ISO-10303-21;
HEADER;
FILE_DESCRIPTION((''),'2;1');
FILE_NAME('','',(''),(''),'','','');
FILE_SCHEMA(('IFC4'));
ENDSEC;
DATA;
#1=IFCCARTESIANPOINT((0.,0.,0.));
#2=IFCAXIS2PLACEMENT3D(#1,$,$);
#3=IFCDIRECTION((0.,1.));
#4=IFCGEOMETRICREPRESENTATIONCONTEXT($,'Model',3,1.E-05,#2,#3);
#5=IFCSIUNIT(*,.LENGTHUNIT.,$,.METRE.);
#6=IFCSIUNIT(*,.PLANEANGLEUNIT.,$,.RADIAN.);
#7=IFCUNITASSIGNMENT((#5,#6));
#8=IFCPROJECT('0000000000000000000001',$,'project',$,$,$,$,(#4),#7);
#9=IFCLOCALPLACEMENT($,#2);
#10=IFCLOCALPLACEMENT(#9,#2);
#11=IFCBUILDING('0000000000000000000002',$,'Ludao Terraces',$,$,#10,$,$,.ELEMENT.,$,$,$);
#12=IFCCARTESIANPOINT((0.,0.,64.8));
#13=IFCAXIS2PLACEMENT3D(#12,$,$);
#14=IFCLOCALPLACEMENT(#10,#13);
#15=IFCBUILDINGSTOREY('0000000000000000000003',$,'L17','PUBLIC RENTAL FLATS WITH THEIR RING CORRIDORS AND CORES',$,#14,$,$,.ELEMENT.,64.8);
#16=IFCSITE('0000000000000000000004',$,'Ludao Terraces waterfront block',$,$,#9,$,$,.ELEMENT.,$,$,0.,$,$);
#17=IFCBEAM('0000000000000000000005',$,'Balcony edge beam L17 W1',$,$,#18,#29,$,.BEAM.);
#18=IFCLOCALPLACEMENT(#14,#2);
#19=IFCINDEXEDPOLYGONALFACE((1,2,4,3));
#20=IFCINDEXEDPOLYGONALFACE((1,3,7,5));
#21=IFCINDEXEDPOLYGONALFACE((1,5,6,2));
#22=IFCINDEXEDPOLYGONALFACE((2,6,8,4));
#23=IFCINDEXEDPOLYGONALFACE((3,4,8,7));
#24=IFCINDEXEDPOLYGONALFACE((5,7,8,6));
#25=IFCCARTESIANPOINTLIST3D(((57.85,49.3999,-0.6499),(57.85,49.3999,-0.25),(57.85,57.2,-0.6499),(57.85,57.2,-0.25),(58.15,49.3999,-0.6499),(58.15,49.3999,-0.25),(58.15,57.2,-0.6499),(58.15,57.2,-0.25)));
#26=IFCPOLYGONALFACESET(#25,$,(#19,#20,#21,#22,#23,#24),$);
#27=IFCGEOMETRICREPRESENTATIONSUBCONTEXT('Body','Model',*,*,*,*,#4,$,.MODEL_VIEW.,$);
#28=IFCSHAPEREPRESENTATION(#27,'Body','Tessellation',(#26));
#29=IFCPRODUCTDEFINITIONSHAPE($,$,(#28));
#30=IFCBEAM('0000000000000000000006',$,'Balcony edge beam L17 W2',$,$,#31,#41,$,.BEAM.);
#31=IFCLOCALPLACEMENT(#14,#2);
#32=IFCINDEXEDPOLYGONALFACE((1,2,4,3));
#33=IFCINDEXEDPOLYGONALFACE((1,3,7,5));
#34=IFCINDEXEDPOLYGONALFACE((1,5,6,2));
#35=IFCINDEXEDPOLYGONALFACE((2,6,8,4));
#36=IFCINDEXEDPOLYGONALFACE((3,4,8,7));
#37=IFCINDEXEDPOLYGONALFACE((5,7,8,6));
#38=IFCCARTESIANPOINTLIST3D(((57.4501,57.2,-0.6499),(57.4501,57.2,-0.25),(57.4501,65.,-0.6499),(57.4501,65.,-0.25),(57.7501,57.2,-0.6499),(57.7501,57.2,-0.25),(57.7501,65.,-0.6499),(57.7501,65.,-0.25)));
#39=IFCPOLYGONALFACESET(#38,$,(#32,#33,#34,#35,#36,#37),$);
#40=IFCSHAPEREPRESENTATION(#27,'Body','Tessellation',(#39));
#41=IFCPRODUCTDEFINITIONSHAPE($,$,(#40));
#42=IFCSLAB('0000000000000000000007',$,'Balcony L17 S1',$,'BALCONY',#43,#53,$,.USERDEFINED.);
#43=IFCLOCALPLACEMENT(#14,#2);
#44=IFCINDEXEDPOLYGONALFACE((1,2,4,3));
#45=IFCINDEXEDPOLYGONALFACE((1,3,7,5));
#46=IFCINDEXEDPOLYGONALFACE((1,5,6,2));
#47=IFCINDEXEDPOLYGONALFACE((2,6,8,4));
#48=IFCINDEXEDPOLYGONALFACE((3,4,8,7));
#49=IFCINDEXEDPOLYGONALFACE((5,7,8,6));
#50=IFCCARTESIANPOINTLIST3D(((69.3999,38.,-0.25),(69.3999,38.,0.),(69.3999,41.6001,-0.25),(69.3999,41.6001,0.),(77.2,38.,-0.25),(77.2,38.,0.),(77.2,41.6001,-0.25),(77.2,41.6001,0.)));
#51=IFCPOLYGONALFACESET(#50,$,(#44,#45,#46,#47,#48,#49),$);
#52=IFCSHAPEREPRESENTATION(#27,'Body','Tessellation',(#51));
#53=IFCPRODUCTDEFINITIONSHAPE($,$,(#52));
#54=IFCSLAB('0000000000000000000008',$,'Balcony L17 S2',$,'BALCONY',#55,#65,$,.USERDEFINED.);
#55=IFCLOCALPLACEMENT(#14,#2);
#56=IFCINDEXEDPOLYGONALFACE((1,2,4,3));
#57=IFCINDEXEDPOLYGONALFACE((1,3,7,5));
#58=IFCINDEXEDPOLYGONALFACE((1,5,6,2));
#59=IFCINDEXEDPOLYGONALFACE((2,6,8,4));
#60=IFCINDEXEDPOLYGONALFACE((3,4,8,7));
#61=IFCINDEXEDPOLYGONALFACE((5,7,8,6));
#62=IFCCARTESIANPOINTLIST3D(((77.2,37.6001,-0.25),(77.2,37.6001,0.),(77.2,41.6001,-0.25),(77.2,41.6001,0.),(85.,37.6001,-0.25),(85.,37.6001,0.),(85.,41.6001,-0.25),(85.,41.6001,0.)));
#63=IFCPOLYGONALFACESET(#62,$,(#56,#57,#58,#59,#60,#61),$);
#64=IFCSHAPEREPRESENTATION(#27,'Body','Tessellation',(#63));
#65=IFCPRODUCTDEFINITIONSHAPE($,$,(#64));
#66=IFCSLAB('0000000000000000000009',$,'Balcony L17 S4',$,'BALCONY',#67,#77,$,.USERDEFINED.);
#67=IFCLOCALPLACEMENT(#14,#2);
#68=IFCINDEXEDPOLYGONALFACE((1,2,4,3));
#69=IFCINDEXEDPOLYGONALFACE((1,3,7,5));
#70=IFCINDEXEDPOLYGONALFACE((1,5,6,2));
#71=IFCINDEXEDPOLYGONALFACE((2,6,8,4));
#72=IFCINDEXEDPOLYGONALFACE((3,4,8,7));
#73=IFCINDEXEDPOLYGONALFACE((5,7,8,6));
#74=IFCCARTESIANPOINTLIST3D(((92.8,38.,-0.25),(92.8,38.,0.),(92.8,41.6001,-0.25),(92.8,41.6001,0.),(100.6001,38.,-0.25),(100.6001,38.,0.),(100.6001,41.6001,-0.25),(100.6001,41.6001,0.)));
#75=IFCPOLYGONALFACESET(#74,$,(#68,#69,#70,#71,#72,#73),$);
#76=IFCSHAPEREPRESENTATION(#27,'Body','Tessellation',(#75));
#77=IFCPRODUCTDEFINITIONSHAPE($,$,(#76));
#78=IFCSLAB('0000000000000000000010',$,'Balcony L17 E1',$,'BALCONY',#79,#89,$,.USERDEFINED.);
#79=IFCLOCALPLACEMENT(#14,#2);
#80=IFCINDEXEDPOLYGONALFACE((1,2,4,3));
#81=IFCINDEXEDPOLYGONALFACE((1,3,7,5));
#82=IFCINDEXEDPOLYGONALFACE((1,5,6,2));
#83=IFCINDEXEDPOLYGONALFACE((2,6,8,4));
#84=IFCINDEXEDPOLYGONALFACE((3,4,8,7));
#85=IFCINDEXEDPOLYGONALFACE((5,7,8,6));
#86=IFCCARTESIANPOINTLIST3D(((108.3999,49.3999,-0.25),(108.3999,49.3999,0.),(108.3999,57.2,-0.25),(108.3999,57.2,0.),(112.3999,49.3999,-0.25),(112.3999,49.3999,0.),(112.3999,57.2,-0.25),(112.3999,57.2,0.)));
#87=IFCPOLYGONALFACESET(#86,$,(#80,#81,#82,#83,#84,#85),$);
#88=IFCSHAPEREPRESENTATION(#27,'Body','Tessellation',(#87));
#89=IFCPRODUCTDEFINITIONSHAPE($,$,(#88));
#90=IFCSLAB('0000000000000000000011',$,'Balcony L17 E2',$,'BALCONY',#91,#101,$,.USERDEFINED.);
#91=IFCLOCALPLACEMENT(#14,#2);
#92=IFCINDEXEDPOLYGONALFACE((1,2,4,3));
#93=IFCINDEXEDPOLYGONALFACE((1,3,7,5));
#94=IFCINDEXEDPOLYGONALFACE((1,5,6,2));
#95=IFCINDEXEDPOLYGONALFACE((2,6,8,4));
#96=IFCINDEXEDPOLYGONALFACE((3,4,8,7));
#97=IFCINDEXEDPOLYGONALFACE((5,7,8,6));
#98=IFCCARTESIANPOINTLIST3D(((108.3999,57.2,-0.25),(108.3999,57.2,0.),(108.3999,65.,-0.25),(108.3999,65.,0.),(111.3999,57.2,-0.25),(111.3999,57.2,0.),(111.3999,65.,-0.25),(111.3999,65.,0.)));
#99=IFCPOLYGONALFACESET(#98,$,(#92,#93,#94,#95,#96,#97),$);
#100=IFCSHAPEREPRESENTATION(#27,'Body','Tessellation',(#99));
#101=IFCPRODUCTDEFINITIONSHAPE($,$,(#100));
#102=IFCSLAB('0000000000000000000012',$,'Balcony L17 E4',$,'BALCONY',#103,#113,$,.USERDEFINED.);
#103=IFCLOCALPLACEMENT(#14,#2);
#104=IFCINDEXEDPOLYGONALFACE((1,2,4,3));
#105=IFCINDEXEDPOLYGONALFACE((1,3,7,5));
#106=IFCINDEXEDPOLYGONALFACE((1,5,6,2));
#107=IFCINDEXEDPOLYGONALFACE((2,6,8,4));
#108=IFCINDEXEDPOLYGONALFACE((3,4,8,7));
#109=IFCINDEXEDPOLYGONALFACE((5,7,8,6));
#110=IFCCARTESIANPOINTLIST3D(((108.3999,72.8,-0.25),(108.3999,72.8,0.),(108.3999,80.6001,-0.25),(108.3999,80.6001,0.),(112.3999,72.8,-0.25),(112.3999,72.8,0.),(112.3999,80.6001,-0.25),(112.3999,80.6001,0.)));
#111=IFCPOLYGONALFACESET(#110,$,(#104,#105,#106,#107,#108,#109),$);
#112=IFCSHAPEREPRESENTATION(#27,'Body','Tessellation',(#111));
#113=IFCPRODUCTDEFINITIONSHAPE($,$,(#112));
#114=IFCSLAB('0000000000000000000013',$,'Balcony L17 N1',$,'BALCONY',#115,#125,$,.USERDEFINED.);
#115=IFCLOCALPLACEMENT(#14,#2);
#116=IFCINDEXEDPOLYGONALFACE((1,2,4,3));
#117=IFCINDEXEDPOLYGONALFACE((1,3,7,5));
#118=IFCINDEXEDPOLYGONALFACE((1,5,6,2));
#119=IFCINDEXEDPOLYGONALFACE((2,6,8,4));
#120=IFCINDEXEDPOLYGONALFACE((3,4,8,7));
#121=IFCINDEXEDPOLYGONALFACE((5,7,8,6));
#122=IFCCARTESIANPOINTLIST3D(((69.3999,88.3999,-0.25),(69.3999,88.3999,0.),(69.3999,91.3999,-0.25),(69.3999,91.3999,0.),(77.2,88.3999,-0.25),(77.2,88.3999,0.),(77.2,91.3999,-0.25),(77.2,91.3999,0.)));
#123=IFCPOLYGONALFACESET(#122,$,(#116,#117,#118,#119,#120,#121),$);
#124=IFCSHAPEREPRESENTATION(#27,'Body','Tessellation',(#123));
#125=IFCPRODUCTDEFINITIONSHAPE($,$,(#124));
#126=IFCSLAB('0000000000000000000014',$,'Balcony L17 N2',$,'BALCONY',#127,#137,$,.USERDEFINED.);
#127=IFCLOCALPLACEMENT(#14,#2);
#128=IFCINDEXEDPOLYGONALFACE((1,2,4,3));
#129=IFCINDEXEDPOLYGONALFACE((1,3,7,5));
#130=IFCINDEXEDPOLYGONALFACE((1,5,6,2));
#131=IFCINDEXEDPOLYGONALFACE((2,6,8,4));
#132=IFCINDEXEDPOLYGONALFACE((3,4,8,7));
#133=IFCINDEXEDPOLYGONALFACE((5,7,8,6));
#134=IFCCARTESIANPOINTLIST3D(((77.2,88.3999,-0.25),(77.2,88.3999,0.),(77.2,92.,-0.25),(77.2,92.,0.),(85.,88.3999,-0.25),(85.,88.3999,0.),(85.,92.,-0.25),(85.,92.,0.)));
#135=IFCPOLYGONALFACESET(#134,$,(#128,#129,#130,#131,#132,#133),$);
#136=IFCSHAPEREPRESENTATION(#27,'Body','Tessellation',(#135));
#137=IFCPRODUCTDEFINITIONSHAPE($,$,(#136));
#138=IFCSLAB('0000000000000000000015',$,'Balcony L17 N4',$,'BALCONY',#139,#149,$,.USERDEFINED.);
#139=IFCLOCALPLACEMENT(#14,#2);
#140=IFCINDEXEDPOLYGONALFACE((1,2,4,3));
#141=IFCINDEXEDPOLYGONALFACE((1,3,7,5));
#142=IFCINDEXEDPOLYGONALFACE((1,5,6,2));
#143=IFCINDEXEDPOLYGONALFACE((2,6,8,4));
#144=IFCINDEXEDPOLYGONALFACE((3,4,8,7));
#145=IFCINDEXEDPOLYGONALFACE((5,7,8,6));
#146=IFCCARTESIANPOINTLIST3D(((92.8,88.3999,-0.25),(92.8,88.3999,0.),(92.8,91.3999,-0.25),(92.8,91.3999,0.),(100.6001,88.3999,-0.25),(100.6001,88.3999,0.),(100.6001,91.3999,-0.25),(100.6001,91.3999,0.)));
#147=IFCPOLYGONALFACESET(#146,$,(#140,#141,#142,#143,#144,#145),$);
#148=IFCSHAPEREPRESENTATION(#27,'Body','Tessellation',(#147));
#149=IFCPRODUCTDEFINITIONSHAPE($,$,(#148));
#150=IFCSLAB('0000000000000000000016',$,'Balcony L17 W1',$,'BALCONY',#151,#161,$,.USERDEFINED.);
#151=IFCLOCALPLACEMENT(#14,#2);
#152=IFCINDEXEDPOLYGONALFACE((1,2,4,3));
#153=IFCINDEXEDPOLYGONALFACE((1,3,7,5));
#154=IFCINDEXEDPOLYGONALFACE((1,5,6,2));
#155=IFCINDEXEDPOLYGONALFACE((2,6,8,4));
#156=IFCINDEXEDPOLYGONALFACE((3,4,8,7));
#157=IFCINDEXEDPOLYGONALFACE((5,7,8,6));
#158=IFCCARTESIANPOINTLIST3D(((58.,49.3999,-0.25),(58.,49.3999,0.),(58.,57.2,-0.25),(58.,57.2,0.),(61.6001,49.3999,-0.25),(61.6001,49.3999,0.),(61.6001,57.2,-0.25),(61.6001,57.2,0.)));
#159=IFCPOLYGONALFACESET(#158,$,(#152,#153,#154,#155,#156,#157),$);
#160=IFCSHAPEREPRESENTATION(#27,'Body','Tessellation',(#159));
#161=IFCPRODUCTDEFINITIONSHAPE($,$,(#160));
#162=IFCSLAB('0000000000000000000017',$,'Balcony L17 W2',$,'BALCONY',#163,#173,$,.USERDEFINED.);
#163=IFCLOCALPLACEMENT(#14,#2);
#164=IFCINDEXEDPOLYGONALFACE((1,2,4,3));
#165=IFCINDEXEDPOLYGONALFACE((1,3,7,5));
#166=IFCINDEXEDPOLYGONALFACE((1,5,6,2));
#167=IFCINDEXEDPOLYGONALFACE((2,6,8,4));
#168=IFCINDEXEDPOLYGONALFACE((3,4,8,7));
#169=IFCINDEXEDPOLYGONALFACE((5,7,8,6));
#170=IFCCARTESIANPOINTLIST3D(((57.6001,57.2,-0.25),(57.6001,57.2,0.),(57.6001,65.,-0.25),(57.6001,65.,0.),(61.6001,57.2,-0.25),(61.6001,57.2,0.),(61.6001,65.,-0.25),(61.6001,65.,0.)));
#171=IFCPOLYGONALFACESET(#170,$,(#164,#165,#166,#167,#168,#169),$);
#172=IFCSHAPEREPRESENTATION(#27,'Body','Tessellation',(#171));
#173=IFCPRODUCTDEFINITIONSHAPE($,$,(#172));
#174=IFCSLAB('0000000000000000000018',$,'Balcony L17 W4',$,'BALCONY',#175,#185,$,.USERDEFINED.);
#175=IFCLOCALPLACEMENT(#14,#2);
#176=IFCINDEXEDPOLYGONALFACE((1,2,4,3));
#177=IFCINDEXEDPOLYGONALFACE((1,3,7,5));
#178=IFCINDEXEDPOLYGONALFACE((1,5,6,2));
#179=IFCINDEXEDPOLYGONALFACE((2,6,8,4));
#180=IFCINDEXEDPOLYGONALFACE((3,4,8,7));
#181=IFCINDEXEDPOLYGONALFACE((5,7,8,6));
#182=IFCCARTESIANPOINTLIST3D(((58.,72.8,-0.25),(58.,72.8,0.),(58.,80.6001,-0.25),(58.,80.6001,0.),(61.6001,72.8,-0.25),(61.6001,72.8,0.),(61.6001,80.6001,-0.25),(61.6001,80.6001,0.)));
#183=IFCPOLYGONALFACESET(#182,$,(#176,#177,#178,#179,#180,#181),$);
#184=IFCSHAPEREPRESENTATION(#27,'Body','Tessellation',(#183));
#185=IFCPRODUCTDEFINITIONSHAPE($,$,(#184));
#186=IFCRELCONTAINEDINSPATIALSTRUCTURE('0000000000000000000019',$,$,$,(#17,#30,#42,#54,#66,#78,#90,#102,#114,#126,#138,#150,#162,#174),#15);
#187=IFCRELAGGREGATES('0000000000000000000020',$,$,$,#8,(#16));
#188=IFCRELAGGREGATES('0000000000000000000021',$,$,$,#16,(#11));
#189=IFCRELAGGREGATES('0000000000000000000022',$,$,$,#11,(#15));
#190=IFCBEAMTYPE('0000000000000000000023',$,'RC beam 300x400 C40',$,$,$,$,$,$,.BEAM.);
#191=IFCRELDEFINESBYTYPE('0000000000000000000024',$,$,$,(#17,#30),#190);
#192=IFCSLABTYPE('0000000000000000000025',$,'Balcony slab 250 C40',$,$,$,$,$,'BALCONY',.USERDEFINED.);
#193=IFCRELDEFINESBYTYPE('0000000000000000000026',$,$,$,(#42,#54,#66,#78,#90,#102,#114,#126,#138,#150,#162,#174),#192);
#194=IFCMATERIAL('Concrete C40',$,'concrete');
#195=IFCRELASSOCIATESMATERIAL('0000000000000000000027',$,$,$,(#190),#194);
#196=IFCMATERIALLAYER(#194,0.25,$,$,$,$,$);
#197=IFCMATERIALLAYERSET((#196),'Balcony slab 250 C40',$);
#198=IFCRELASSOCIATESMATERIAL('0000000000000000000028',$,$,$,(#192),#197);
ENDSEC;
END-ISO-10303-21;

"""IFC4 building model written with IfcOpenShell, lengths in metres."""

from ifc_helpers import new_model, si_unit, direction, frame, origin, origin_2d, place, context, subcontext, project, spatial, polyline, rectangle, outline, extrude, material, layer, layer_set, material_profile, profile_set, type_object, element, save


model = new_model("IFC4")

# Units and contexts
model_context = context("Model", 3, precision=1e-05, world=origin(), true_north=direction((0.0, 1.0)))
body_context = subcontext(model_context, "Body", "Model", "MODEL_VIEW")
ifc_project = project(units=[si_unit("LENGTHUNIT", "METRE"), si_unit("PLANEANGLEUNIT", "RADIAN")], contexts=[model_context])

# Site, building, storey
site_placement = place(None, origin())
site = spatial("IfcSite", under=ifc_project, at=site_placement, Name="Ludao Terraces waterfront block", CompositionType="ELEMENT", RefElevation=0.0)
building_placement = place(site_placement, origin())
building = spatial("IfcBuilding", under=site, at=building_placement, Name="Ludao Terraces", CompositionType="ELEMENT")
storey_placement = place(building_placement, frame((0.0, 0.0, 64.8)))
storey = spatial("IfcBuildingStorey", under=building, at=storey_placement, Name="L17", Description="PUBLIC RENTAL FLATS WITH THEIR RING CORRIDORS AND CORES", CompositionType="ELEMENT", Elevation=64.8)

# Beams
ifc_material_1 = material(Name="Concrete C40", Category="concrete")
ifc_material_profile = material_profile(ifc_material_1, rectangle(XDim=0.3, YDim=0.3999, at=origin_2d()), Name="300 X 400")
ifc_profile_set = profile_set([ifc_material_profile], Name="Concrete C40")
beam_type = type_object("IfcBeamType", Name="RC beam 300x400 C40", PredefinedType="BEAM", material=ifc_profile_set)
for number, where, z_axis, x_axis, name in (
    (1, (58.0, 49.3999, -0.45), (0.0, 1.0, 0.0), (-1.0, 0.0, 0.0), "Balcony edge beam L17 W1"),
    (2, (57.6001, 57.2, -0.45), (0.0, 1.0, 0.0), (-1.0, 0.0, 0.0), "Balcony edge beam L17 W2"),
):
    element("IfcBeam", number, at=place(storey_placement, frame(where, z_axis=z_axis, x_axis=x_axis)), inside=storey, type_object=beam_type, Name=name, PredefinedType="BEAM", context=body_context, shape_type="SweptSolid", body=[
        extrude(rectangle(XDim=0.3, YDim=0.3999, at=origin_2d()), origin(), (0.0, 0.0, 1.0), 7.8),
    ])

# Slabs
ifc_layer_1 = layer(ifc_material_1, 0.25)
ifc_layer_set_1 = layer_set([ifc_layer_1], Name="Balcony slab 250 C40")
slab_type_1 = type_object("IfcSlabType", Name="Balcony slab 250 C40", ElementType="BALCONY", PredefinedType="USERDEFINED", material=ifc_layer_set_1)
slab_1_placement = place(storey_placement, frame((0.0, 0.0, -0.25)))
element("IfcSlab", 3, at=slab_1_placement, inside=storey, type_object=slab_type_1, Name="Balcony L17 S1", ObjectType="BALCONY", PredefinedType="USERDEFINED", context=body_context, shape_type="SweptSolid", body=[
    extrude(outline(polyline([(69.3999, 38.0), (77.2, 38.0), (77.2, 41.6001), (69.3999, 41.6001), (69.3999, 38.0)])), origin(), (0.0, 0.0, 1.0), 0.25),
])
slab_2_placement = place(storey_placement, frame((0.0, 0.0, -0.25)))
element("IfcSlab", 4, at=slab_2_placement, inside=storey, type_object=slab_type_1, Name="Balcony L17 S2", ObjectType="BALCONY", PredefinedType="USERDEFINED", context=body_context, shape_type="SweptSolid", body=[
    extrude(outline(polyline([(77.2, 37.6001), (85.0, 37.6001), (85.0, 41.6001), (77.2, 41.6001), (77.2, 37.6001)])), origin(), (0.0, 0.0, 1.0), 0.25),
])
slab_3_placement = place(storey_placement, frame((0.0, 0.0, -0.25)))
element("IfcSlab", 5, at=slab_3_placement, inside=storey, type_object=slab_type_1, Name="Balcony L17 S4", ObjectType="BALCONY", PredefinedType="USERDEFINED", context=body_context, shape_type="SweptSolid", body=[
    extrude(outline(polyline([(92.8, 38.0), (100.6001, 38.0), (100.6001, 41.6001), (92.8, 41.6001), (92.8, 38.0)])), origin(), (0.0, 0.0, 1.0), 0.25),
])
slab_4_placement = place(storey_placement, frame((0.0, 0.0, -0.25)))
element("IfcSlab", 6, at=slab_4_placement, inside=storey, type_object=slab_type_1, Name="Balcony L17 E1", ObjectType="BALCONY", PredefinedType="USERDEFINED", context=body_context, shape_type="SweptSolid", body=[
    extrude(outline(polyline([(108.3999, 49.3999), (112.3999, 49.3999), (112.3999, 57.2), (108.3999, 57.2), (108.3999, 49.3999)])), origin(), (0.0, 0.0, 1.0), 0.25),
])
slab_5_placement = place(storey_placement, frame((0.0, 0.0, -0.25)))
element("IfcSlab", 7, at=slab_5_placement, inside=storey, type_object=slab_type_1, Name="Balcony L17 E2", ObjectType="BALCONY", PredefinedType="USERDEFINED", context=body_context, shape_type="SweptSolid", body=[
    extrude(outline(polyline([(108.3999, 57.2), (111.3999, 57.2), (111.3999, 65.0), (108.3999, 65.0), (108.3999, 57.2)])), origin(), (0.0, 0.0, 1.0), 0.25),
])
slab_6_placement = place(storey_placement, frame((0.0, 0.0, -0.25)))
element("IfcSlab", 8, at=slab_6_placement, inside=storey, type_object=slab_type_1, Name="Balcony L17 E4", ObjectType="BALCONY", PredefinedType="USERDEFINED", context=body_context, shape_type="SweptSolid", body=[
    extrude(outline(polyline([(108.3999, 72.8), (112.3999, 72.8), (112.3999, 80.6001), (108.3999, 80.6001), (108.3999, 72.8)])), origin(), (0.0, 0.0, 1.0), 0.25),
])
slab_7_placement = place(storey_placement, frame((0.0, 0.0, -0.25)))
element("IfcSlab", 9, at=slab_7_placement, inside=storey, type_object=slab_type_1, Name="Balcony L17 N1", ObjectType="BALCONY", PredefinedType="USERDEFINED", context=body_context, shape_type="SweptSolid", body=[
    extrude(outline(polyline([(69.3999, 88.3999), (77.2, 88.3999), (77.2, 91.3999), (69.3999, 91.3999), (69.3999, 88.3999)])), origin(), (0.0, 0.0, 1.0), 0.25),
])
slab_8_placement = place(storey_placement, frame((0.0, 0.0, -0.25)))
element("IfcSlab", 10, at=slab_8_placement, inside=storey, type_object=slab_type_1, Name="Balcony L17 N2", ObjectType="BALCONY", PredefinedType="USERDEFINED", context=body_context, shape_type="SweptSolid", body=[
    extrude(outline(polyline([(77.2, 88.3999), (85.0, 88.3999), (85.0, 92.0), (77.2, 92.0), (77.2, 88.3999)])), origin(), (0.0, 0.0, 1.0), 0.25),
])
slab_9_placement = place(storey_placement, frame((0.0, 0.0, -0.25)))
element("IfcSlab", 11, at=slab_9_placement, inside=storey, type_object=slab_type_1, Name="Balcony L17 N4", ObjectType="BALCONY", PredefinedType="USERDEFINED", context=body_context, shape_type="SweptSolid", body=[
    extrude(outline(polyline([(92.8, 88.3999), (100.6001, 88.3999), (100.6001, 91.3999), (92.8, 91.3999), (92.8, 88.3999)])), origin(), (0.0, 0.0, 1.0), 0.25),
])
slab_10_placement = place(storey_placement, frame((0.0, 0.0, -0.25)))
element("IfcSlab", 12, at=slab_10_placement, inside=storey, type_object=slab_type_1, Name="Balcony L17 W1", ObjectType="BALCONY", PredefinedType="USERDEFINED", context=body_context, shape_type="SweptSolid", body=[
    extrude(outline(polyline([(58.0, 49.3999), (61.6001, 49.3999), (61.6001, 57.2), (58.0, 57.2), (58.0, 49.3999)])), origin(), (0.0, 0.0, 1.0), 0.25),
])
slab_11_placement = place(storey_placement, frame((0.0, 0.0, -0.25)))
element("IfcSlab", 13, at=slab_11_placement, inside=storey, type_object=slab_type_1, Name="Balcony L17 W2", ObjectType="BALCONY", PredefinedType="USERDEFINED", context=body_context, shape_type="SweptSolid", body=[
    extrude(outline(polyline([(57.6001, 57.2), (61.6001, 57.2), (61.6001, 65.0), (57.6001, 65.0), (57.6001, 57.2)])), origin(), (0.0, 0.0, 1.0), 0.25),
])
slab_12_placement = place(storey_placement, frame((0.0, 0.0, -0.25)))
element("IfcSlab", 14, at=slab_12_placement, inside=storey, type_object=slab_type_1, Name="Balcony L17 W4", ObjectType="BALCONY", PredefinedType="USERDEFINED", context=body_context, shape_type="SweptSolid", body=[
    extrude(outline(polyline([(58.0, 72.8), (61.6001, 72.8), (61.6001, 80.6001), (58.0, 80.6001), (58.0, 72.8)])), origin(), (0.0, 0.0, 1.0), 0.25),
])

save(model, "model.ifc")
